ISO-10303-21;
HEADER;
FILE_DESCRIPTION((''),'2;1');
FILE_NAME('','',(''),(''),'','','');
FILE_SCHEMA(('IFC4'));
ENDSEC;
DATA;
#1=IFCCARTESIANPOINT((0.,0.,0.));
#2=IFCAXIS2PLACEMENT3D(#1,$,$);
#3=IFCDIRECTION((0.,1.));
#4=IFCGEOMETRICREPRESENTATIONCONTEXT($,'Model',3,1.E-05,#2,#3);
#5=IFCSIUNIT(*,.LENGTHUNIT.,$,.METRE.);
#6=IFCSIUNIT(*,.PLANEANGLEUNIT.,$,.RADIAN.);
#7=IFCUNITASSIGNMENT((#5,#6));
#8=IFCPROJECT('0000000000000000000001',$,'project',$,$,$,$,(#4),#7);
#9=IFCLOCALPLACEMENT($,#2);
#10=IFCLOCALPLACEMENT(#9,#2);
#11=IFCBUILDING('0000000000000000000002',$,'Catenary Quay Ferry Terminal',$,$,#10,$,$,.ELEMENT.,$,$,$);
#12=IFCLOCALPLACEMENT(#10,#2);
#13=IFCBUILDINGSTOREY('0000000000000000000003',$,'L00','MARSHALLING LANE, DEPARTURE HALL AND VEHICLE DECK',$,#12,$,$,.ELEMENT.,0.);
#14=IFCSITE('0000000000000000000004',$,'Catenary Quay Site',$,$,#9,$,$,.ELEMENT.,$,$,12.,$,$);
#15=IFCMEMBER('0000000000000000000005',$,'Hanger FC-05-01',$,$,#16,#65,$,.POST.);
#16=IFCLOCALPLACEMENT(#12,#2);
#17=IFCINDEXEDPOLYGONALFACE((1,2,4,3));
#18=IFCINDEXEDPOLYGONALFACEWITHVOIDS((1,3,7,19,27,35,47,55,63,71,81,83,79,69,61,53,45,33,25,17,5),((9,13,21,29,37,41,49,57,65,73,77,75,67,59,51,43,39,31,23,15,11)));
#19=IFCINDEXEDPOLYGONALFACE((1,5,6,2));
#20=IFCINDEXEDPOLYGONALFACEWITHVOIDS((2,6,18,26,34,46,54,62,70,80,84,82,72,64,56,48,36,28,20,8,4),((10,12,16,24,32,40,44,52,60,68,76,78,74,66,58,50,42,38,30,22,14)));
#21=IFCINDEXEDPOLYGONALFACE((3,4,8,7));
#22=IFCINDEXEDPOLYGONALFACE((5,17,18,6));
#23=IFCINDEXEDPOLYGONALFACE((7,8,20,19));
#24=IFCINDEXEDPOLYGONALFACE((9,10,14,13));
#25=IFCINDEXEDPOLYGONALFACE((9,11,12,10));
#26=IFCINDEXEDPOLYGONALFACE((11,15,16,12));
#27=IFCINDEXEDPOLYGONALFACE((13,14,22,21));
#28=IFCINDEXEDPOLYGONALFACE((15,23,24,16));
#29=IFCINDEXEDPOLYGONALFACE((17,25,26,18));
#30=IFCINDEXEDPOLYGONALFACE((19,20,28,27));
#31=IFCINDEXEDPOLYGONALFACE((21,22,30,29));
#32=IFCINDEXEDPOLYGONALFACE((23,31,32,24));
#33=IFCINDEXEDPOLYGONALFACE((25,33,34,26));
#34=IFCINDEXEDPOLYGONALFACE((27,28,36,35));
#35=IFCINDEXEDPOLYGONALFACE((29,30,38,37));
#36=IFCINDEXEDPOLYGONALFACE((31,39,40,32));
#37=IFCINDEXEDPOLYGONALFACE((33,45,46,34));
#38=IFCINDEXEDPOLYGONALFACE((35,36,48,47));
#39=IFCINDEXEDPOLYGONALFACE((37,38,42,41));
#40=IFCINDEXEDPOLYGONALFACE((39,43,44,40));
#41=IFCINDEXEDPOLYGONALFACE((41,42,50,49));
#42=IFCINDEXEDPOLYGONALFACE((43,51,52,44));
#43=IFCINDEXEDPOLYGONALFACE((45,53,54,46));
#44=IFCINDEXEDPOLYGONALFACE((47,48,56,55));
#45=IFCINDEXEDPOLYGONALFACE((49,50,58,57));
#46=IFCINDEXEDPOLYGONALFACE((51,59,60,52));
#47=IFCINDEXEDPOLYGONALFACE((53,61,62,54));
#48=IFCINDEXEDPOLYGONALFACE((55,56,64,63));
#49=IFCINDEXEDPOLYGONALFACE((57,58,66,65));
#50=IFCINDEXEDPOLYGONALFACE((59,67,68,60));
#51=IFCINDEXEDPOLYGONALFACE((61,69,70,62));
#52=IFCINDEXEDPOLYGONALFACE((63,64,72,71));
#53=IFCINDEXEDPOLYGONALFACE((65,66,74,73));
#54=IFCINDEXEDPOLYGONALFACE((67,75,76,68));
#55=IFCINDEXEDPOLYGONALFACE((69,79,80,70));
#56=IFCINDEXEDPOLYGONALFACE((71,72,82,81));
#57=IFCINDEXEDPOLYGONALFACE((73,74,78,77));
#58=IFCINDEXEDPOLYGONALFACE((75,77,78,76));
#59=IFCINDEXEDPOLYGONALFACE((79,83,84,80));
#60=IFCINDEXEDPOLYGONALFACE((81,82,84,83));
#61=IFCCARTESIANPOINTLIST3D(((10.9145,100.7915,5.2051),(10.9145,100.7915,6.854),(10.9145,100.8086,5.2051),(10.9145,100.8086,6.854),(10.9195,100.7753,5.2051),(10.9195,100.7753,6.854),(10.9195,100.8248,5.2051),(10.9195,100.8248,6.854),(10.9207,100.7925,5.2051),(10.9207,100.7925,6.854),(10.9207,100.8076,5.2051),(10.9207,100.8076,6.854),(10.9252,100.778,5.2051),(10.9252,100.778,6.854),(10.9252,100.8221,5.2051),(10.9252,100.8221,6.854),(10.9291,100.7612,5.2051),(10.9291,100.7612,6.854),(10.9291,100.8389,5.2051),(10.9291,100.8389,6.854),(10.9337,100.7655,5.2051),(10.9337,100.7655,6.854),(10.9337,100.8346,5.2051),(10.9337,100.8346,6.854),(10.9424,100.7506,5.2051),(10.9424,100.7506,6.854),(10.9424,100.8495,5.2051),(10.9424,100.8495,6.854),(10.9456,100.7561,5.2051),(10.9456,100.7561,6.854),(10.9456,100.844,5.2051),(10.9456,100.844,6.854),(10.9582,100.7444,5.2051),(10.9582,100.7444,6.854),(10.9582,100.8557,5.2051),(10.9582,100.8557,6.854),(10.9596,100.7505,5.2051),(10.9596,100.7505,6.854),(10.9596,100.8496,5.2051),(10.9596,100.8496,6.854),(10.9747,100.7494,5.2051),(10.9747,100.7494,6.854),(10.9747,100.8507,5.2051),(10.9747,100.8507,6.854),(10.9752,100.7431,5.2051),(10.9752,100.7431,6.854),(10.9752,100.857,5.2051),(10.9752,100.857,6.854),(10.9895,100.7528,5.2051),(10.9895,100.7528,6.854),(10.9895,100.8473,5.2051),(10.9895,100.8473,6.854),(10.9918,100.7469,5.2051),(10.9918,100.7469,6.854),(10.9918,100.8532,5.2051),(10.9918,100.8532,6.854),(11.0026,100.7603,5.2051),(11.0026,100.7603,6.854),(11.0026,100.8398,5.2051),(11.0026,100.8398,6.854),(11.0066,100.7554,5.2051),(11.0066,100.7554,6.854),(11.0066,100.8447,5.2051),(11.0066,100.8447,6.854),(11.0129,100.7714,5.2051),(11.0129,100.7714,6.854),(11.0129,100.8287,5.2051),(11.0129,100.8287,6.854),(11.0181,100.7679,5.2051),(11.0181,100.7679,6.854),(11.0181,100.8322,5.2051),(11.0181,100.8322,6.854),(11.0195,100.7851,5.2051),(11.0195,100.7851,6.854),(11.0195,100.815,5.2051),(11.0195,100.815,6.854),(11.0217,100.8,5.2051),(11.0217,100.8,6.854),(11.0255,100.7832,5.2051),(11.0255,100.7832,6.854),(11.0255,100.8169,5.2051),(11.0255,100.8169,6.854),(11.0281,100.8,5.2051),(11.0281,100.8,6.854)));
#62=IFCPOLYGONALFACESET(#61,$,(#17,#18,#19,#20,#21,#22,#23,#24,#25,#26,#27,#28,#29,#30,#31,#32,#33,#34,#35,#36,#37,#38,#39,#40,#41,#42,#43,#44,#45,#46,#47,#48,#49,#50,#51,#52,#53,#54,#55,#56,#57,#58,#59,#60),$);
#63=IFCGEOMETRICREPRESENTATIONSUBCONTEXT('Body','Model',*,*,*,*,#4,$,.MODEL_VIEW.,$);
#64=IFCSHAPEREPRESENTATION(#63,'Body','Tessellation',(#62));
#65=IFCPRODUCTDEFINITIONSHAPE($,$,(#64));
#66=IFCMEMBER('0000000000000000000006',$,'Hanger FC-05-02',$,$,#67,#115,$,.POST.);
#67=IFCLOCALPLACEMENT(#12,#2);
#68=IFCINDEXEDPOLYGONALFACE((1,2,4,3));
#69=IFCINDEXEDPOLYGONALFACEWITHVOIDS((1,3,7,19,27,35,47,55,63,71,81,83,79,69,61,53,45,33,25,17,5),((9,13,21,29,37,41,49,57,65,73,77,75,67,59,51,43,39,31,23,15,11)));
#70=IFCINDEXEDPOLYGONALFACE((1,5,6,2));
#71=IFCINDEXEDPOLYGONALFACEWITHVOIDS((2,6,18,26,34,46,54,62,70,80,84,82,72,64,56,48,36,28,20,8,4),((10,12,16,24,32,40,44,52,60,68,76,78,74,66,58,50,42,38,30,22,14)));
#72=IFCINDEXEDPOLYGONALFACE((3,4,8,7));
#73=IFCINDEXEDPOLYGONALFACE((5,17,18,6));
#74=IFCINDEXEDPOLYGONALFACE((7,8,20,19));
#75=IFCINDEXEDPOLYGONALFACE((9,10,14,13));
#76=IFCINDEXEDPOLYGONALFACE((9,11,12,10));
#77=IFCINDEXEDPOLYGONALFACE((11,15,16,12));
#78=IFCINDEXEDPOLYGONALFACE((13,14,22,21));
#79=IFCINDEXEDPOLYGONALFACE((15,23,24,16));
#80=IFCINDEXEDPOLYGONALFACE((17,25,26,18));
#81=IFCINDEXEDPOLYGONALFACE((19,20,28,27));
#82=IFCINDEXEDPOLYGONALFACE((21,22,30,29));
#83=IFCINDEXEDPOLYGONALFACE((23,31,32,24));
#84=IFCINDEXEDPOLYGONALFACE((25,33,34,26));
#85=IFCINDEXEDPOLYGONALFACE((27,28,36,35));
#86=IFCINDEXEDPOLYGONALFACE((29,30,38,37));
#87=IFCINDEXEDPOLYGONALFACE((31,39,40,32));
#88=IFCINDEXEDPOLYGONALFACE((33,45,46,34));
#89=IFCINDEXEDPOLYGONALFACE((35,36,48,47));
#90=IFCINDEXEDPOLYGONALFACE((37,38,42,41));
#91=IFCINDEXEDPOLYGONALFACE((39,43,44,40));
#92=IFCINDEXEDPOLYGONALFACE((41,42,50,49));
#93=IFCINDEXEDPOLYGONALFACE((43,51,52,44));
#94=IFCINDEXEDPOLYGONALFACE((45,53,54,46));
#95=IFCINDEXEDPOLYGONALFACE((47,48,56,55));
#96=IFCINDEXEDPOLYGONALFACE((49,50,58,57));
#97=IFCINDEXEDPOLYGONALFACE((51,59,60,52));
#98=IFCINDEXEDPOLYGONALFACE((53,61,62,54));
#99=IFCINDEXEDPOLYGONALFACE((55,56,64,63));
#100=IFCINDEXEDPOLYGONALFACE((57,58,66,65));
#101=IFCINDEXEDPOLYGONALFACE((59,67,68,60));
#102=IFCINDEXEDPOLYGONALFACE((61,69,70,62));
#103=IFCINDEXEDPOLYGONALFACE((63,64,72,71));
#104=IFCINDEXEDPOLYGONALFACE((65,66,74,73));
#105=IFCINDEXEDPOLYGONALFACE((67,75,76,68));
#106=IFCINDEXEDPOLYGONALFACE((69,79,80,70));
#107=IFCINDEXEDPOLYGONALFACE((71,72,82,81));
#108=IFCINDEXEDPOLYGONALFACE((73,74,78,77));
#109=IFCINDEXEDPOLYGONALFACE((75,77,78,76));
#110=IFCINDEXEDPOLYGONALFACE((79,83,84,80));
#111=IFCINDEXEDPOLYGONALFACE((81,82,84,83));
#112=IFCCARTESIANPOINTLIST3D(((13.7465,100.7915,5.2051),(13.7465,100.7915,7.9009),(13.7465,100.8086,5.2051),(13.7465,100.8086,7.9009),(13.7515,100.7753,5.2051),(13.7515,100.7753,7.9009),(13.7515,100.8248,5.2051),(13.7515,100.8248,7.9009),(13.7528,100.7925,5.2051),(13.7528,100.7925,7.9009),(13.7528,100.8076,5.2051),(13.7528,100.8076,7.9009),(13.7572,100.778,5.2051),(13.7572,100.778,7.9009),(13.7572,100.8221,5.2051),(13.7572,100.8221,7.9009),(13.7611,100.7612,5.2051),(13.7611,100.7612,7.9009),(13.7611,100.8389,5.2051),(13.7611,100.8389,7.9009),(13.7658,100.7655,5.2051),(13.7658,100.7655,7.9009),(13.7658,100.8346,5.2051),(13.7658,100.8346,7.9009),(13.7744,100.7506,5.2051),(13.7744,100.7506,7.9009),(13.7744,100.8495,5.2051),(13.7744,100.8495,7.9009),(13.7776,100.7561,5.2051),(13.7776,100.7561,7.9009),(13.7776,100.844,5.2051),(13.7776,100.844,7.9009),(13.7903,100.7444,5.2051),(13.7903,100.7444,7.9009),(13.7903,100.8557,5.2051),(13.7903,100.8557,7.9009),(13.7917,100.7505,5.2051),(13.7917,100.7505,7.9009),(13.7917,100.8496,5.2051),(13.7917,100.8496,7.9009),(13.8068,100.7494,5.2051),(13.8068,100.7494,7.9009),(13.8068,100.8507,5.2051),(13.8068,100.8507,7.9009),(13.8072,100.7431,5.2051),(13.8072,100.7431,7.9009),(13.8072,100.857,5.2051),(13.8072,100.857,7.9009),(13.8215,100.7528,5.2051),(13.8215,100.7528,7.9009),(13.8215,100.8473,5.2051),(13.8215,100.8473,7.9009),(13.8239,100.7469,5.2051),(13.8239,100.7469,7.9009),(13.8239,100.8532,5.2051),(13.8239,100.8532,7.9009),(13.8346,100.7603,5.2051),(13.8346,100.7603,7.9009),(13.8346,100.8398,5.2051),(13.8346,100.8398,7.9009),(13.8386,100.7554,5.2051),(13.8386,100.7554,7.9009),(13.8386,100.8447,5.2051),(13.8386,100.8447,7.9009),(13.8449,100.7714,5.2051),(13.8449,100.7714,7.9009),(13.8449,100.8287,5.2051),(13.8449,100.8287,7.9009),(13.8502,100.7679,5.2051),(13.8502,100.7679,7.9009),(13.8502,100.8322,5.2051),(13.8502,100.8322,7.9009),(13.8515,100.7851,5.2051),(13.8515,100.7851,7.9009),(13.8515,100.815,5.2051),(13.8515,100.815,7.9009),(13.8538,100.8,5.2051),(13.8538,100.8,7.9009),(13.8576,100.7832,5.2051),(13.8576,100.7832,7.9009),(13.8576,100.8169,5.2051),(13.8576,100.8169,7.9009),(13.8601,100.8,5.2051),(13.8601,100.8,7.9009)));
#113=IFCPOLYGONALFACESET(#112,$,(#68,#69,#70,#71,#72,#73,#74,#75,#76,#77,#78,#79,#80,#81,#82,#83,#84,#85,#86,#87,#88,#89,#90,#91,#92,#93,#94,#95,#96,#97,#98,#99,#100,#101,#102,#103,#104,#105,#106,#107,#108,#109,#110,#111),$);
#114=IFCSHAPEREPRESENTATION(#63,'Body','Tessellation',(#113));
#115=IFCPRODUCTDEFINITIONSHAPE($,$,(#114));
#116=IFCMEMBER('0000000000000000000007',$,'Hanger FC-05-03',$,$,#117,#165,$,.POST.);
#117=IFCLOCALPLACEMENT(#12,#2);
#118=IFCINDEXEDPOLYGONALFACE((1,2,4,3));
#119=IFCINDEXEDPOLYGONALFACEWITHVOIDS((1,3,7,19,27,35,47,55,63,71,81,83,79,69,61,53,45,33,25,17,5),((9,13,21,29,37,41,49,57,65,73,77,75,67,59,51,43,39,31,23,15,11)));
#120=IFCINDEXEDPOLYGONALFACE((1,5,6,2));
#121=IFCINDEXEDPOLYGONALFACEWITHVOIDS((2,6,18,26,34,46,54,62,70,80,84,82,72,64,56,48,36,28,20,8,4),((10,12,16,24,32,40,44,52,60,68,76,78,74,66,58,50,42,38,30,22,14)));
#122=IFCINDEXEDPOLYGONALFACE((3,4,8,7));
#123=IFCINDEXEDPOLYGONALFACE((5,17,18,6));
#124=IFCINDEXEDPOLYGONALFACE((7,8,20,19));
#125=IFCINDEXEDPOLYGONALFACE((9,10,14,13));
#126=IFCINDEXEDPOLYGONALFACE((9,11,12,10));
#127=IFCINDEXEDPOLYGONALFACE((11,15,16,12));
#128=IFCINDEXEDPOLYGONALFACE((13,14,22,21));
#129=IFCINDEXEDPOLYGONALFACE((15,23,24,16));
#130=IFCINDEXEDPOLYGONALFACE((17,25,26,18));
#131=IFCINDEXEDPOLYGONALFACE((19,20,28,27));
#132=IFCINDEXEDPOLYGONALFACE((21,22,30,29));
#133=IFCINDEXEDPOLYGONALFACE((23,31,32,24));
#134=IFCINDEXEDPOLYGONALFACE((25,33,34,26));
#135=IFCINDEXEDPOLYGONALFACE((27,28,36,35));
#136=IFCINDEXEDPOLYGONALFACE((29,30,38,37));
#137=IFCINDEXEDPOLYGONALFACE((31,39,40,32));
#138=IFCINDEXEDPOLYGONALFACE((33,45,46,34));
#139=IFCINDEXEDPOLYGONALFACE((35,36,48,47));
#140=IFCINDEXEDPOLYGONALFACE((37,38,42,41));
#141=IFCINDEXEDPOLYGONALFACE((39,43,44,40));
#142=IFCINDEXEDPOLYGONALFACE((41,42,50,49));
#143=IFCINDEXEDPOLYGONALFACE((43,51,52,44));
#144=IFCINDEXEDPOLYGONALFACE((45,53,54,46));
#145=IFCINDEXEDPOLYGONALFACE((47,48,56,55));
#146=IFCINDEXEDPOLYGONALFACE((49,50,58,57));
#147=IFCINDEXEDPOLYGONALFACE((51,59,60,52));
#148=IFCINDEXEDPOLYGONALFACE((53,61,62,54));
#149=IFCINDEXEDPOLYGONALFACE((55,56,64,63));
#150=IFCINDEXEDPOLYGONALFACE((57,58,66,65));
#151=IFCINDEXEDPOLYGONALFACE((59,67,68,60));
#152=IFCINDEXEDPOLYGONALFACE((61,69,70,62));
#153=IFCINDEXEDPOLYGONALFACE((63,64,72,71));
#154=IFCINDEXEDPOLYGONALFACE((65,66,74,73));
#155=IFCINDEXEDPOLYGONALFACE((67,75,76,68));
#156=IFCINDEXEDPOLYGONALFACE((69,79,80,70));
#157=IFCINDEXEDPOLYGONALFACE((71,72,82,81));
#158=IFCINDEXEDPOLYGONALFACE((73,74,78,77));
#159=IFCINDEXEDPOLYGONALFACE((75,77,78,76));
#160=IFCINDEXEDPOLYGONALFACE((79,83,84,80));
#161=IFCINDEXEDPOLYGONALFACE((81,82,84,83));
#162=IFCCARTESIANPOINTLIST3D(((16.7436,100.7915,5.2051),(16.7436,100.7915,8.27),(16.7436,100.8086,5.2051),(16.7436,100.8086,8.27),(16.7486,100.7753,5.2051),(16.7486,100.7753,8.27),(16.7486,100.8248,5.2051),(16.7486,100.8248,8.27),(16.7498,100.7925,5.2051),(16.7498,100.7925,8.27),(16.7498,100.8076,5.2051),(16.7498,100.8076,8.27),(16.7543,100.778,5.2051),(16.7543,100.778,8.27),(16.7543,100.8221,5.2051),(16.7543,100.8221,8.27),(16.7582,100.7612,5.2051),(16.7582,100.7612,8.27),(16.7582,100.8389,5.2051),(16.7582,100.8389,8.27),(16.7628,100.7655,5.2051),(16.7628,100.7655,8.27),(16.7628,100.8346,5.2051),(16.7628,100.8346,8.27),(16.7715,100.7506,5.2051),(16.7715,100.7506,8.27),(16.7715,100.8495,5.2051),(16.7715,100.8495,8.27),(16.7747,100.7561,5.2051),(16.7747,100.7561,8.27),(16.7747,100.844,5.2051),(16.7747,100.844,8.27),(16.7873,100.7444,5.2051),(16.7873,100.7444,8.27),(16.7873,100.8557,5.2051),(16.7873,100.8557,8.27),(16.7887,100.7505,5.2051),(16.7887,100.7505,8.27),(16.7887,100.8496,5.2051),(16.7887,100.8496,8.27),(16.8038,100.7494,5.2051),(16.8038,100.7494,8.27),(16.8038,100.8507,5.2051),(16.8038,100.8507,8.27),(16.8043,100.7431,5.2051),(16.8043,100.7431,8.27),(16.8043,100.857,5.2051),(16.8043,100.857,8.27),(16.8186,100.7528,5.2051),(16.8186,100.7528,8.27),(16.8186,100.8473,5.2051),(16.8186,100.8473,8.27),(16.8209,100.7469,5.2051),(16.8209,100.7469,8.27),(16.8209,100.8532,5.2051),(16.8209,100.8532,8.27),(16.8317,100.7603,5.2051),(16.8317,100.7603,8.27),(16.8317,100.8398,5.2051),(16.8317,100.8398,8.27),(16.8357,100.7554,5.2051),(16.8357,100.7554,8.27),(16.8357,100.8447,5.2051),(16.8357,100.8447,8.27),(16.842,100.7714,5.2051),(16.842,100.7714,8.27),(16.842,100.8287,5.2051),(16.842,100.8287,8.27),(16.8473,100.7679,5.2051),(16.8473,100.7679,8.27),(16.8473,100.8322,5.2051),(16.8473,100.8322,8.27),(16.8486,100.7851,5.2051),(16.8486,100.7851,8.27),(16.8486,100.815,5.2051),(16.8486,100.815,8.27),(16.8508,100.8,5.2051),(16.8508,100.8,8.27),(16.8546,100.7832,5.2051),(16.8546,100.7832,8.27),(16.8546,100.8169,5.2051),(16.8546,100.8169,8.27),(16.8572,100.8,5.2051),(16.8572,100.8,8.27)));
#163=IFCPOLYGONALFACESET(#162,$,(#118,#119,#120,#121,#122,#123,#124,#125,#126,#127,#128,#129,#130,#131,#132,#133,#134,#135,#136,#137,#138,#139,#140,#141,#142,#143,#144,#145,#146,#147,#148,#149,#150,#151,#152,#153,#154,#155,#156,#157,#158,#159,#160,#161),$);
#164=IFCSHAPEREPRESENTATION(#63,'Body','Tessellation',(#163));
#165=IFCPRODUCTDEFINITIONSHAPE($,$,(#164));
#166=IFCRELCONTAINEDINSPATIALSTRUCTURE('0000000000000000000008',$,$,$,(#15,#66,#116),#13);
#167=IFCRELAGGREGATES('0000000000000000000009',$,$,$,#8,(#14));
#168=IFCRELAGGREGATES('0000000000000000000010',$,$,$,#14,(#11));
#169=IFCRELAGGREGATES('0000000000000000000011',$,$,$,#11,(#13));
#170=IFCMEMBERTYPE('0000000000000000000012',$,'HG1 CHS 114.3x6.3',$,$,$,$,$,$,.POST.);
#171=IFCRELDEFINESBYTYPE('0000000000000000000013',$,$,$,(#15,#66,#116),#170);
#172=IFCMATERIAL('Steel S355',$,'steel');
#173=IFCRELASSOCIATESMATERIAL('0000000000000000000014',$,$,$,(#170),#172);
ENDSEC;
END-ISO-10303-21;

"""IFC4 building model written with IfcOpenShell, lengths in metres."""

from ifc_helpers import new_model, si_unit, direction, frame, origin, origin_2d, place, context, subcontext, project, spatial, hollow_circle, extrude, material, material_profile, profile_set, type_object, element, save


model = new_model("IFC4")

# Units and contexts
model_context = context("Model", 3, precision=1e-05, world=origin(), true_north=direction((0.0, 1.0)))
body_context = subcontext(model_context, "Body", "Model", "MODEL_VIEW")
ifc_project = project(units=[si_unit("LENGTHUNIT", "METRE"), si_unit("PLANEANGLEUNIT", "RADIAN")], contexts=[model_context])

# Site, building, storey
site_placement = place(None, origin())
site = spatial("IfcSite", under=ifc_project, at=site_placement, Name="Catenary Quay Site", CompositionType="ELEMENT", RefElevation=12.0)
building_placement = place(site_placement, origin())
building = spatial("IfcBuilding", under=site, at=building_placement, Name="Catenary Quay Ferry Terminal", CompositionType="ELEMENT")
storey_placement = place(building_placement, origin())
storey = spatial("IfcBuildingStorey", under=building, at=storey_placement, Name="L00", Description="MARSHALLING LANE, DEPARTURE HALL AND VEHICLE DECK", CompositionType="ELEMENT", Elevation=0.0)

# Members
ifc_material_1 = material(Name="Steel S355", Category="steel")
ifc_material_profile_1 = material_profile(ifc_material_1, hollow_circle(Radius=0.0571, WallThickness=0.0063, at=origin_2d()), Name="CHS 114.3x6.3")
ifc_profile_set_1 = profile_set([ifc_material_profile_1], Name="Steel S355")
member_type_1 = type_object("IfcMemberType", Name="HG1 CHS 114.3x6.3", PredefinedType="POST", material=ifc_profile_set_1)
member_1_placement = place(storey_placement, frame((10.9709, 100.8, 5.2051), z_axis=(0.0, 0.0, 1.0), x_axis=(1.0, 0.0, 0.0)))
element("IfcMember", 1, at=member_1_placement, inside=storey, type_object=member_type_1, Name="Hanger FC-05-01", PredefinedType="POST", context=body_context, shape_type="SweptSolid", body=[
    extrude(hollow_circle(Radius=0.0571, WallThickness=0.0063, at=origin_2d()), origin(), (0.0, 0.0, 1.0), 1.6489),
])
member_2_placement = place(storey_placement, frame((13.803, 100.8, 5.2051), z_axis=(0.0, 0.0, 1.0), x_axis=(1.0, 0.0, 0.0)))
element("IfcMember", 2, at=member_2_placement, inside=storey, type_object=member_type_1, Name="Hanger FC-05-02", PredefinedType="POST", context=body_context, shape_type="SweptSolid", body=[
    extrude(hollow_circle(Radius=0.0571, WallThickness=0.0063, at=origin_2d()), origin(), (0.0, 0.0, 1.0), 2.6958),
])
member_3_placement = place(storey_placement, frame((16.8, 100.8, 5.2051), z_axis=(0.0, 0.0, 1.0), x_axis=(1.0, 0.0, 0.0)))
element("IfcMember", 3, at=member_3_placement, inside=storey, type_object=member_type_1, Name="Hanger FC-05-03", PredefinedType="POST", context=body_context, shape_type="SweptSolid", body=[
    extrude(hollow_circle(Radius=0.0571, WallThickness=0.0063, at=origin_2d()), origin(), (0.0, 0.0, 1.0), 3.0649),
])

save(model, "model.ifc")
